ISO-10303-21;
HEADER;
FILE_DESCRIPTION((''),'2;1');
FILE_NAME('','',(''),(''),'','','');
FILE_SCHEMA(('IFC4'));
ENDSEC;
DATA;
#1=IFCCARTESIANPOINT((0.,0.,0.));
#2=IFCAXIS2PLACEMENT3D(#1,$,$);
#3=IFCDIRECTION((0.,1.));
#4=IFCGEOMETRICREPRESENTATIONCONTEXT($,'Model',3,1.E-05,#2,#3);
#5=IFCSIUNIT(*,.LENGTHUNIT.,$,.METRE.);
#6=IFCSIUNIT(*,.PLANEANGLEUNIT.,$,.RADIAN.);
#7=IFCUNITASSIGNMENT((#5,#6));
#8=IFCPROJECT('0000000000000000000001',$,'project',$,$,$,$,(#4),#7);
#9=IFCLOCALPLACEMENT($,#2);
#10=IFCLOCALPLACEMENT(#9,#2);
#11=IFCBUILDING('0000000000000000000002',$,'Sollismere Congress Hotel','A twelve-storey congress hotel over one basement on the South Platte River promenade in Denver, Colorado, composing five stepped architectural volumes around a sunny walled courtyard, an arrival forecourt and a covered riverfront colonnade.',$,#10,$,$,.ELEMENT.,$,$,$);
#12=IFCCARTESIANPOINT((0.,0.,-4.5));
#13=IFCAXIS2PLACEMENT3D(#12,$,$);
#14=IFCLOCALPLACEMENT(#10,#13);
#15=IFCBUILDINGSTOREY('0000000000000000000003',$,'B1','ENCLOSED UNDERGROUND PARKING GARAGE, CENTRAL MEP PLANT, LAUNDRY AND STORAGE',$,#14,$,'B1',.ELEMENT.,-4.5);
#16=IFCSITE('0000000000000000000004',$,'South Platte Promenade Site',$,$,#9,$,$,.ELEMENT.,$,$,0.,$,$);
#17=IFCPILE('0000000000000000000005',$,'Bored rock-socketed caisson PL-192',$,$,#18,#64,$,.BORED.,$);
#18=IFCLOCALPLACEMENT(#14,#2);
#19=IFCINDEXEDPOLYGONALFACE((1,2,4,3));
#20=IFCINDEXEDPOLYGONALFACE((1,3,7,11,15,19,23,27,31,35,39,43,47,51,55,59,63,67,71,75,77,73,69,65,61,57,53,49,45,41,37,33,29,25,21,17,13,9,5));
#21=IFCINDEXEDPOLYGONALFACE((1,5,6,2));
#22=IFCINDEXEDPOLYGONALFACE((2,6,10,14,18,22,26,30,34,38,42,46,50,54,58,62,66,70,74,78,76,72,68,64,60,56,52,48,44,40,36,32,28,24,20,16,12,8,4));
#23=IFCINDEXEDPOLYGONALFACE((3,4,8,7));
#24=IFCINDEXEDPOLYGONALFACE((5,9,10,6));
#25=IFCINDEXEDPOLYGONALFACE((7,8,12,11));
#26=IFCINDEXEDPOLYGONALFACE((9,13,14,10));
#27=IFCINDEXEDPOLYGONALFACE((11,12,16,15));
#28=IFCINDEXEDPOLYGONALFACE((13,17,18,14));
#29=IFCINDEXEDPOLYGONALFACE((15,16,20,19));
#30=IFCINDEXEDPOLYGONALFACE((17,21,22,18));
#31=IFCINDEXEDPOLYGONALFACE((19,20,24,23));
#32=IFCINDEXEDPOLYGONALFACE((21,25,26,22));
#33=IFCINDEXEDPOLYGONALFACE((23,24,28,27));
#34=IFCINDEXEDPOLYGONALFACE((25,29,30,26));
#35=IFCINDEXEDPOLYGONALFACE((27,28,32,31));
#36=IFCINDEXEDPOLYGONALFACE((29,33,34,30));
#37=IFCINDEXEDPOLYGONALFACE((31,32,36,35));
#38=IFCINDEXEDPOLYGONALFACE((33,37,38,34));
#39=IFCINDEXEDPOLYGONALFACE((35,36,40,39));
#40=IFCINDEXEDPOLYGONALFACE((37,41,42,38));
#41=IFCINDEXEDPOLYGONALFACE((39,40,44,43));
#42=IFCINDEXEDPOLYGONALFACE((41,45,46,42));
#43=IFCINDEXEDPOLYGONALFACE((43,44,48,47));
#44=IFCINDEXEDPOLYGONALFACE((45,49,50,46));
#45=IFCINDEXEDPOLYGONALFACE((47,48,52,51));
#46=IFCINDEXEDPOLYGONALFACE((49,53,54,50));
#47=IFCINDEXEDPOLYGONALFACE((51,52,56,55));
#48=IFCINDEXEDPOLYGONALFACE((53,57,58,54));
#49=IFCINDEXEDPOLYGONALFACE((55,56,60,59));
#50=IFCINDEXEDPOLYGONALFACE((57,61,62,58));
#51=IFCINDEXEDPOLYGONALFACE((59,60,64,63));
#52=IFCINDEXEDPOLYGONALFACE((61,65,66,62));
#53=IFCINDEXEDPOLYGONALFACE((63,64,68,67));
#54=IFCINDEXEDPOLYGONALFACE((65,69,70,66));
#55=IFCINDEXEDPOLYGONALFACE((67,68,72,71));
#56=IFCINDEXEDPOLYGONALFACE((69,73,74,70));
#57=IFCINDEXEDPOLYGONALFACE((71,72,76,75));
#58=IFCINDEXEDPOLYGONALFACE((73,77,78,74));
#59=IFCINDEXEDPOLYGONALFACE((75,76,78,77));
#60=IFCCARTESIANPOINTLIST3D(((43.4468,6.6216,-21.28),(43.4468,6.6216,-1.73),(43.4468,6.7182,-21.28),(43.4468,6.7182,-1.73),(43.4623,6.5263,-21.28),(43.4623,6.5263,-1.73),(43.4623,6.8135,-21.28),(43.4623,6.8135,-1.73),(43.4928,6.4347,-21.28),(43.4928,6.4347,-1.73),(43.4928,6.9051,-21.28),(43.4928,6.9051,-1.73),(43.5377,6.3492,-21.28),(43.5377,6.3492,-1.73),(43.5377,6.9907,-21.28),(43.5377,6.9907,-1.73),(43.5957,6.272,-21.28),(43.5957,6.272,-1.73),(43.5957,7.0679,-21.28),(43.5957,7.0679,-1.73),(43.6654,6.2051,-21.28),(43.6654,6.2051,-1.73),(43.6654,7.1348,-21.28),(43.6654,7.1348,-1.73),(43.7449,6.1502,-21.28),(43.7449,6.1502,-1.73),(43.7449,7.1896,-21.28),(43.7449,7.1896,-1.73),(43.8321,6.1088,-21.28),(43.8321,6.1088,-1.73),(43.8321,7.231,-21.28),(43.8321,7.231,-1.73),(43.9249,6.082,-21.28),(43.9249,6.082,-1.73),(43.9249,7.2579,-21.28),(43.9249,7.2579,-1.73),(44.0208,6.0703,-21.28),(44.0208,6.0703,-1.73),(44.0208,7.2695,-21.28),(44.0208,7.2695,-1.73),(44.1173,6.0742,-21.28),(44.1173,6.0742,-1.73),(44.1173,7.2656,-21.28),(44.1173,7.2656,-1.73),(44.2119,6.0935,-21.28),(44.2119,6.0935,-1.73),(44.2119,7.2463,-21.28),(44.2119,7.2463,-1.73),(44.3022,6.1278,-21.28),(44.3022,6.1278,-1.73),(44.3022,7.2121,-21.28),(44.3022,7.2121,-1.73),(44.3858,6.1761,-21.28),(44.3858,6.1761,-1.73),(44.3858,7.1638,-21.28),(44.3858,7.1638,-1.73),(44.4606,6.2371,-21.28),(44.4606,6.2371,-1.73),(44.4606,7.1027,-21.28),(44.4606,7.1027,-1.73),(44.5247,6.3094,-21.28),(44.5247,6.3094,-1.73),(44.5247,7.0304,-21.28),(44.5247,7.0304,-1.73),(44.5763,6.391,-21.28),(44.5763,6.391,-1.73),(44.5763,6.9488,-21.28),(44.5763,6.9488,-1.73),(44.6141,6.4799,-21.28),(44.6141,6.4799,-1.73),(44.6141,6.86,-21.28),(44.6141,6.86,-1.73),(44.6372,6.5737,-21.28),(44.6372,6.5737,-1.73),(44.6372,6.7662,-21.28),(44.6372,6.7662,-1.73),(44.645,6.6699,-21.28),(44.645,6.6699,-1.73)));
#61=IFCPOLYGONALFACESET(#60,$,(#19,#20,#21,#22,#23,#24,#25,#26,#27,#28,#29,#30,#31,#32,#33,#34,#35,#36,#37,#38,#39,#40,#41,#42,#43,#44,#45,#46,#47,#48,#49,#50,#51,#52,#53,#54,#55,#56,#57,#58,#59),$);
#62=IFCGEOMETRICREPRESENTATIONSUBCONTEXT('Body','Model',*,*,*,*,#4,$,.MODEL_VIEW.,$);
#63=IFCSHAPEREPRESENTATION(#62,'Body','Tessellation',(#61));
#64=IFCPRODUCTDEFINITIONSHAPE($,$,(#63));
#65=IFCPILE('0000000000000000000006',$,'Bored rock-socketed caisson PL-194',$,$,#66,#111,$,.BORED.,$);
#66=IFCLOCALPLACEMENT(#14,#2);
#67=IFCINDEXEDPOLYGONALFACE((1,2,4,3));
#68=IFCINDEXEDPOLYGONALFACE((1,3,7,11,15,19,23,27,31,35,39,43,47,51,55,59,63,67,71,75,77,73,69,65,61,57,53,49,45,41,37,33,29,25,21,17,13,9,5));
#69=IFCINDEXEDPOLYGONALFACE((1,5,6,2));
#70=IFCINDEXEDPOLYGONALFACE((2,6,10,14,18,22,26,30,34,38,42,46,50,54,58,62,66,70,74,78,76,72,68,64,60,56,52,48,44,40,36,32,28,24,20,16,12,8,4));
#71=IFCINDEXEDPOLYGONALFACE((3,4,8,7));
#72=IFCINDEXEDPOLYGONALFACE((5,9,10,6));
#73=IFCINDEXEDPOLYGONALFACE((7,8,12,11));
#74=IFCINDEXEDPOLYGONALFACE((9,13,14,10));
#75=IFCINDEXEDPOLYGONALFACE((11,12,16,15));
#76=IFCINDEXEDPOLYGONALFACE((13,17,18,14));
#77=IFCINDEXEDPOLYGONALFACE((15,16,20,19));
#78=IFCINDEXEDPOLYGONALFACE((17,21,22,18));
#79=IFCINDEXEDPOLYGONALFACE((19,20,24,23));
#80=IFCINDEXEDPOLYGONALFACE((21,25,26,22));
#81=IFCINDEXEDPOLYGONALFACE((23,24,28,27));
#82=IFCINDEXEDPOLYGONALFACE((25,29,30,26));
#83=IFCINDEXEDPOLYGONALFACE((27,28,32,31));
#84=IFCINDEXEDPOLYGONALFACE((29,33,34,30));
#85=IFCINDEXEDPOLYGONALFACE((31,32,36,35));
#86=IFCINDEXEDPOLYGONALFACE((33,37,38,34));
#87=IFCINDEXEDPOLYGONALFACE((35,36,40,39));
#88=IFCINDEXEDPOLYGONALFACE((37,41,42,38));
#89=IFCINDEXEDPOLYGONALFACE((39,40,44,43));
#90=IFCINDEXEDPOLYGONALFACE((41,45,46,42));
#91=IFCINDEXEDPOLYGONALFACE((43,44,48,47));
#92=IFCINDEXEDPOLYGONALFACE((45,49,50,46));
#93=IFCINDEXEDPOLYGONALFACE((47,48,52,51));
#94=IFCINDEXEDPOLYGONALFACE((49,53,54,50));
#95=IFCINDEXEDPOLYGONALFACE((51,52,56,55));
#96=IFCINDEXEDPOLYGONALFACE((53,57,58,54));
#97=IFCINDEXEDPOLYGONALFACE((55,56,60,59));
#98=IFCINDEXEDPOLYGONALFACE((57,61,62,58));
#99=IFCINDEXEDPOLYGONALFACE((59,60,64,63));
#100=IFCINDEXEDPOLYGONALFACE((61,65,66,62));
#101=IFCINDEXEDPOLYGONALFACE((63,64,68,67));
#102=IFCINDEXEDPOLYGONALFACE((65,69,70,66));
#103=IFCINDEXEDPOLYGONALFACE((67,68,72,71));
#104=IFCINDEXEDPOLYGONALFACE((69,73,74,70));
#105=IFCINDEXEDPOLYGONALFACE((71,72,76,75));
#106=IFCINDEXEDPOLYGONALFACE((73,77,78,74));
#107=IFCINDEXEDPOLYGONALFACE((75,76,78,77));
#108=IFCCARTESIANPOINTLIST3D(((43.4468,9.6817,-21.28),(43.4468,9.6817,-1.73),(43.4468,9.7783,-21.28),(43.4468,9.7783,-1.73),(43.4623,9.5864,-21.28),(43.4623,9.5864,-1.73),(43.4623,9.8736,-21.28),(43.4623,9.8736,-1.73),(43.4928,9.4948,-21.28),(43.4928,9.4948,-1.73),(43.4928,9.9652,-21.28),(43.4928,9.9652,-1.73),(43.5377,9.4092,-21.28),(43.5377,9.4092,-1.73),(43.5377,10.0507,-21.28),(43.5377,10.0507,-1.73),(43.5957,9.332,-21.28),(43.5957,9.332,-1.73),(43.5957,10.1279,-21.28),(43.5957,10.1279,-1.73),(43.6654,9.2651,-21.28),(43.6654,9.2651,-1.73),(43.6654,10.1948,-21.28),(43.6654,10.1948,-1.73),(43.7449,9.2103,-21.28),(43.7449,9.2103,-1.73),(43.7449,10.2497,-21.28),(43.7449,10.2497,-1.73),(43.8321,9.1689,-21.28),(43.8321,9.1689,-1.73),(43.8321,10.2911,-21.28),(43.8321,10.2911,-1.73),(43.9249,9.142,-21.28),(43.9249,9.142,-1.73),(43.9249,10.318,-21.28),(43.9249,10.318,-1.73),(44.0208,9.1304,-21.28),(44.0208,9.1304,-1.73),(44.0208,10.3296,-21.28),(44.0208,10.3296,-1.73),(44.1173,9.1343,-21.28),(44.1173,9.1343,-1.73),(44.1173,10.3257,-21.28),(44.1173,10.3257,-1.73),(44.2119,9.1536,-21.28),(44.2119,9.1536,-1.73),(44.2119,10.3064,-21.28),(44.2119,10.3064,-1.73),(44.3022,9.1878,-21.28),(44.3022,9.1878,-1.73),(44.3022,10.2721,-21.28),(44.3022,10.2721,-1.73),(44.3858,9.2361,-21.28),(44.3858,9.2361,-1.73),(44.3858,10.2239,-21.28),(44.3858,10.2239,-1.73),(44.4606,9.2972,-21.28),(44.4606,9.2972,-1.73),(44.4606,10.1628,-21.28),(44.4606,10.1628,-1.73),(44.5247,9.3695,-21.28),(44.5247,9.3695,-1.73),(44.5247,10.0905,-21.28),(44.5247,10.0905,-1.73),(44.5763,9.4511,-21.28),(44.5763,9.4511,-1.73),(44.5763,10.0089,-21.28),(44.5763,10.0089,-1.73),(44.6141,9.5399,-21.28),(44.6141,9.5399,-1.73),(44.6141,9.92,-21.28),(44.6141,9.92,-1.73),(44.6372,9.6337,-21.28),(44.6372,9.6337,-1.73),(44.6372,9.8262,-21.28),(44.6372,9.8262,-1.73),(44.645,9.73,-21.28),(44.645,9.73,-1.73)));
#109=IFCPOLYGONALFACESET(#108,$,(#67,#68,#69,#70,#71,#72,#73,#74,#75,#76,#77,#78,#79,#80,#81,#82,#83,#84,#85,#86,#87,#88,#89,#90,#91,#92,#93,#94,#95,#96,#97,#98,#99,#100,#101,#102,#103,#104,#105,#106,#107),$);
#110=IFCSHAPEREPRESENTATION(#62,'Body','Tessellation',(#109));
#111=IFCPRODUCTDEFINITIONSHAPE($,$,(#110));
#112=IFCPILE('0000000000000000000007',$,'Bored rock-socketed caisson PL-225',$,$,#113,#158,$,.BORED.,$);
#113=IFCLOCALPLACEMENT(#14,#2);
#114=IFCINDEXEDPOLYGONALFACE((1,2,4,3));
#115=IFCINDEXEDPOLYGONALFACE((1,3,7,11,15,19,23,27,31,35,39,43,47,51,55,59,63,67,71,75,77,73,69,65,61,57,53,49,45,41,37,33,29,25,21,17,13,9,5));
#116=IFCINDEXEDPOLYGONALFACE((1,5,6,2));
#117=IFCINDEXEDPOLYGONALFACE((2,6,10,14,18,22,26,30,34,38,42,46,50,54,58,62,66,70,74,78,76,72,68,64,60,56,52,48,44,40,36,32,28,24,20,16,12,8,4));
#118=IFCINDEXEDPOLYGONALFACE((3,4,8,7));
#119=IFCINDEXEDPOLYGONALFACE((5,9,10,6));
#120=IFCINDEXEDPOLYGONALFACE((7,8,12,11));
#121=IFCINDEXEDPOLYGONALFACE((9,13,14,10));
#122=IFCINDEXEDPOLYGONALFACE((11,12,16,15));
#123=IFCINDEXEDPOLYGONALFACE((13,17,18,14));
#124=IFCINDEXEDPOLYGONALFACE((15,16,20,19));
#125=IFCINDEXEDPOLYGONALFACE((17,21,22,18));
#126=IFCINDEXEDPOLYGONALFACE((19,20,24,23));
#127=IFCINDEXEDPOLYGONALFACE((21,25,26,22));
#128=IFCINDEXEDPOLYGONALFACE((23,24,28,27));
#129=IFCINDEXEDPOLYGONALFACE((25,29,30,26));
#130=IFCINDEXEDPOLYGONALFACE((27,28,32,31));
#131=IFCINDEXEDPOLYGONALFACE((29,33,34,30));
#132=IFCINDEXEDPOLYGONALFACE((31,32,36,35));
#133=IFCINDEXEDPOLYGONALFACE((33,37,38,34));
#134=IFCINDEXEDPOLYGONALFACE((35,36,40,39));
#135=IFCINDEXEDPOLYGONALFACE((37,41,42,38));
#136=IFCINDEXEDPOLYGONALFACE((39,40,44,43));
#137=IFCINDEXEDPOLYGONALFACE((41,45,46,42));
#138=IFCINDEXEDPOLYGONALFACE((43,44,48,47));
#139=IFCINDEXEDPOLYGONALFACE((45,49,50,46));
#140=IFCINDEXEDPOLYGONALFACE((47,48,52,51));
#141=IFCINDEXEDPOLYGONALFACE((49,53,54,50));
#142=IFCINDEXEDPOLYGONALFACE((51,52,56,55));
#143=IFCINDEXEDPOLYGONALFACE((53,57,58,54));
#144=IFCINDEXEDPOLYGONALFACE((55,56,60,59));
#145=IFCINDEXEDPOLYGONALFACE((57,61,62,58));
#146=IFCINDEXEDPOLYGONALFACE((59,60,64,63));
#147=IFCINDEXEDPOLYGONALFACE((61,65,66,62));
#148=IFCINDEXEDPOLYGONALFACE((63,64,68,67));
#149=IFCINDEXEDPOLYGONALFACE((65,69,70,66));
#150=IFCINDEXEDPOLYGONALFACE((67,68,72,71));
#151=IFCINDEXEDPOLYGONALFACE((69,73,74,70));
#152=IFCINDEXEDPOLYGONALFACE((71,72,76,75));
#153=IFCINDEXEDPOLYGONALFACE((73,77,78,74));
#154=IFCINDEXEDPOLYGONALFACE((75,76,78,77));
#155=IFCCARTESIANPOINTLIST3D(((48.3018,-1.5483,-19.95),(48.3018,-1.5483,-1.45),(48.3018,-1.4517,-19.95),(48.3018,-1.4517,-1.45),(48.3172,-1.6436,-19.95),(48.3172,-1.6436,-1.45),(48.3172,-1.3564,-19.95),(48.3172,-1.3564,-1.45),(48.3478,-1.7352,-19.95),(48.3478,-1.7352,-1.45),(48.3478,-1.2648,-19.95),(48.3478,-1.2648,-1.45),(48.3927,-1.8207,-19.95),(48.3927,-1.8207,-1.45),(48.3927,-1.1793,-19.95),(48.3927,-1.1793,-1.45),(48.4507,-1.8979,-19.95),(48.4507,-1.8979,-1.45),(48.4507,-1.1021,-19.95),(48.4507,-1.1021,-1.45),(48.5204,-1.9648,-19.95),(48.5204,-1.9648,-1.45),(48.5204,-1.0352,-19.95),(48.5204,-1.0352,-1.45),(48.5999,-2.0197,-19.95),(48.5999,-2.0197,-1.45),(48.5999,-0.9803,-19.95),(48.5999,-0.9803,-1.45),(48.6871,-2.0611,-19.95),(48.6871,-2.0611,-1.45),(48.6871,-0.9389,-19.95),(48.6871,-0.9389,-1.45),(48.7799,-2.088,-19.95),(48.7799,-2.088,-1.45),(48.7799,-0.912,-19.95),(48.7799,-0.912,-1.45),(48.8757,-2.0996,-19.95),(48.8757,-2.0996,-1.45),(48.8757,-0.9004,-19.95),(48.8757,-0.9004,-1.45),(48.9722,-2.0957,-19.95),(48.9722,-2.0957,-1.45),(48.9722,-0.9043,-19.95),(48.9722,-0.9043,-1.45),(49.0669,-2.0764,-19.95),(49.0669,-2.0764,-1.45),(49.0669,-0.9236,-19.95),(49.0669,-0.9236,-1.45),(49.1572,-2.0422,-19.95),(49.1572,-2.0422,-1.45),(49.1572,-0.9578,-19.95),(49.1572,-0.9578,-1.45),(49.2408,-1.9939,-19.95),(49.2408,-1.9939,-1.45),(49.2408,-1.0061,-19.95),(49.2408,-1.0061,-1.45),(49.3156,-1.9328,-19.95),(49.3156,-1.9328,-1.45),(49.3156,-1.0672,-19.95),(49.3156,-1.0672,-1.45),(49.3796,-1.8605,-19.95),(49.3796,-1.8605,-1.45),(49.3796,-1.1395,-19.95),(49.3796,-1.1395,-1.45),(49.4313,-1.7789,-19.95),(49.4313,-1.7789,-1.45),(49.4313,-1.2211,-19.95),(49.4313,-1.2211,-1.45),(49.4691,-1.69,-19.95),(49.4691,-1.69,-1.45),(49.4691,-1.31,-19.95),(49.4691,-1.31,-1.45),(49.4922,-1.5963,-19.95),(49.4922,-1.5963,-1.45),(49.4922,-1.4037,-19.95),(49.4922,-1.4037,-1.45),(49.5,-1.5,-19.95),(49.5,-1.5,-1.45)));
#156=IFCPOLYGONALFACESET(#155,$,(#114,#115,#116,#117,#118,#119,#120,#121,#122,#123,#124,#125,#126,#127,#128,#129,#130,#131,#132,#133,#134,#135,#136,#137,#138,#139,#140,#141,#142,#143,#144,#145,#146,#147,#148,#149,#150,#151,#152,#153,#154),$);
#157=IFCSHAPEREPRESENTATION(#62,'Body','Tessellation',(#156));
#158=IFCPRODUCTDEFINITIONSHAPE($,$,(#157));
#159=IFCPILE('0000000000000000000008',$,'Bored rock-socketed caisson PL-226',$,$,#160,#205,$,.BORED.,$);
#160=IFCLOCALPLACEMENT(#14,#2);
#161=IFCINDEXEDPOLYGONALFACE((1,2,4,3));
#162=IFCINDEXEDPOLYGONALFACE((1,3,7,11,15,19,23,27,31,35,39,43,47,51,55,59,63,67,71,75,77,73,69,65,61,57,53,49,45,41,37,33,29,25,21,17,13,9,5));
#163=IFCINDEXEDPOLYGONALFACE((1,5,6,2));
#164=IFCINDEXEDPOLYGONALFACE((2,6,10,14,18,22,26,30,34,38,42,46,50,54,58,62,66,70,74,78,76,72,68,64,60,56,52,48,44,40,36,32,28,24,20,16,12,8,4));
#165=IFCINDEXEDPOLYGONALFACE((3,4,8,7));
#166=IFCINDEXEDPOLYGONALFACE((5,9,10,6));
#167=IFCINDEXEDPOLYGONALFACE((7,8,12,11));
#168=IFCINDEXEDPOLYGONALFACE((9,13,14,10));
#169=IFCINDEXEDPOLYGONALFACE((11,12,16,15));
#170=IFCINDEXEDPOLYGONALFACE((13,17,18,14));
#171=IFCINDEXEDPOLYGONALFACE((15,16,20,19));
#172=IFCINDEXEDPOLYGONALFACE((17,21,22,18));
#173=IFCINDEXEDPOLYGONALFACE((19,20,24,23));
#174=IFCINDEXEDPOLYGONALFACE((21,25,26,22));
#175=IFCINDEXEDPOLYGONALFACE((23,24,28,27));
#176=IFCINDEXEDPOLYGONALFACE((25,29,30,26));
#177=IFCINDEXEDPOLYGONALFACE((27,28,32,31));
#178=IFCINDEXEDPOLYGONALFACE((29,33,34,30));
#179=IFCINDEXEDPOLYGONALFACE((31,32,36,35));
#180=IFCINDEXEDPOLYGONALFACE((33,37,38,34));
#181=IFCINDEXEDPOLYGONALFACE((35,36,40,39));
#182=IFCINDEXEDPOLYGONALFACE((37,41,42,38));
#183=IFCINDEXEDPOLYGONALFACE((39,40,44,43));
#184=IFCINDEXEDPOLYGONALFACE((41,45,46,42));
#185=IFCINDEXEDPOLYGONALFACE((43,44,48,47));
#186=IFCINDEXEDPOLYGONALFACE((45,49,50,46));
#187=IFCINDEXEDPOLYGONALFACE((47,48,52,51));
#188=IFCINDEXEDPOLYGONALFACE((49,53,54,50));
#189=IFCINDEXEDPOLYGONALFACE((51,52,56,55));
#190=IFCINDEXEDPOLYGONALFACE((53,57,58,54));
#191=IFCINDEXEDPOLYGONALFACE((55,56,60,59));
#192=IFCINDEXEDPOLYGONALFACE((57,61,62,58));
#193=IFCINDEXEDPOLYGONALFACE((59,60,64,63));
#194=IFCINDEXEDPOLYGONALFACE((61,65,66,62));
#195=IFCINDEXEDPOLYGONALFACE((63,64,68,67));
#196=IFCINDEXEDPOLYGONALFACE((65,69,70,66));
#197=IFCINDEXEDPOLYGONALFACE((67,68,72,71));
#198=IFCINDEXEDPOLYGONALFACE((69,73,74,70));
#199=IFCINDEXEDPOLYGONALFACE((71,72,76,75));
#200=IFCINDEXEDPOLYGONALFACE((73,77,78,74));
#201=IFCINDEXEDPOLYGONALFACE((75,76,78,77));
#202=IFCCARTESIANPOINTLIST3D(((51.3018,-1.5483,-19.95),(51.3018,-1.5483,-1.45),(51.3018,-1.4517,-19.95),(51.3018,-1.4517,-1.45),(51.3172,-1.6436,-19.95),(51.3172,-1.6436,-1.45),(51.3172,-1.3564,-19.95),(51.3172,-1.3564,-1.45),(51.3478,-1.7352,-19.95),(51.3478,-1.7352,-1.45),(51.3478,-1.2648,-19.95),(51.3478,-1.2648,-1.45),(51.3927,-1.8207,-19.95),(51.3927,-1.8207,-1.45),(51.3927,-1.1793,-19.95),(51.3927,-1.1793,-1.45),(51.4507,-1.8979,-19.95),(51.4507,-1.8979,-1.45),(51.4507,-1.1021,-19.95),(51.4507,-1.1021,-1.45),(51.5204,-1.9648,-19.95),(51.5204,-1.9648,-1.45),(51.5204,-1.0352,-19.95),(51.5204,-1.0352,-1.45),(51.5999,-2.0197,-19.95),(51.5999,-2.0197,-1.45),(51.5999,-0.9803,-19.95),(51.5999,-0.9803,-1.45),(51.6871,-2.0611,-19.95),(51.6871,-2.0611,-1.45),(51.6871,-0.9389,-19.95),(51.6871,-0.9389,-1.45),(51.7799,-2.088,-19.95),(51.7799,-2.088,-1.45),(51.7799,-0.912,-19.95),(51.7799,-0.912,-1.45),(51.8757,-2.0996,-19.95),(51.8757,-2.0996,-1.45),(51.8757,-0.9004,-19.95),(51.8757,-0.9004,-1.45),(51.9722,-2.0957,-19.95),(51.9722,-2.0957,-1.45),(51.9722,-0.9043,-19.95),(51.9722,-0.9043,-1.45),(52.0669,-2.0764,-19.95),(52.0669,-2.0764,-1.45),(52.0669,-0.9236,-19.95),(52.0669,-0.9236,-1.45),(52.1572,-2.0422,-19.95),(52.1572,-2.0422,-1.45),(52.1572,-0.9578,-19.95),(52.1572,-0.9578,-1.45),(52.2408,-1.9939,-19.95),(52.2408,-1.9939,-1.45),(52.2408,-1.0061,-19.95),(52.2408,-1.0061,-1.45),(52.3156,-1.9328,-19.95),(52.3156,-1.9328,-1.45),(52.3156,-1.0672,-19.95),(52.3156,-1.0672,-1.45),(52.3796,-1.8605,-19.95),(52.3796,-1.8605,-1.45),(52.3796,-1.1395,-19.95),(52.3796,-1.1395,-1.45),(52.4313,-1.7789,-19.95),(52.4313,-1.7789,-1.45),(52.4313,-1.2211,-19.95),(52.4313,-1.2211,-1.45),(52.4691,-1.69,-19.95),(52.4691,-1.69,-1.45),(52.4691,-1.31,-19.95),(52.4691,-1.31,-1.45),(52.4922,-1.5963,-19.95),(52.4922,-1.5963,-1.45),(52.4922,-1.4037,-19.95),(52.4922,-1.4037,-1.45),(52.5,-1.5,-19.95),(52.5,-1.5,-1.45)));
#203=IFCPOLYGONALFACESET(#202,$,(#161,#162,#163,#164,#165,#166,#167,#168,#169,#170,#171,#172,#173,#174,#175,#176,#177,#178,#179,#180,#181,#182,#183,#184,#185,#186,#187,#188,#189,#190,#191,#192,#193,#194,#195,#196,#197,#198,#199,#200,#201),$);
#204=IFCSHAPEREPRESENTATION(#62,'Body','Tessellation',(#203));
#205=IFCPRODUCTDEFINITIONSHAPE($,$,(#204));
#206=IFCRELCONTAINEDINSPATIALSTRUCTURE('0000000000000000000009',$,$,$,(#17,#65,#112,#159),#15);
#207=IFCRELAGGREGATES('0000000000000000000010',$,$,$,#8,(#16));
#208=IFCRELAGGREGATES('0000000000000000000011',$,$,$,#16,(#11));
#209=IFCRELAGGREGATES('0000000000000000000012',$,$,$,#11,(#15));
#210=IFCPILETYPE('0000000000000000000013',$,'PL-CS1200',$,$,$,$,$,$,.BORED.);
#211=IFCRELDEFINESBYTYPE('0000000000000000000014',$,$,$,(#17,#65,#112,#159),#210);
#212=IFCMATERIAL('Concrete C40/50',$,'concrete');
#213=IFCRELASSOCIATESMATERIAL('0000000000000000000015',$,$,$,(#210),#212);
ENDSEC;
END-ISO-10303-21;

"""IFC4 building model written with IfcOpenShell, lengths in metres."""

from ifc_helpers import new_model, si_unit, direction, frame, origin, origin_2d, place, context, subcontext, project, spatial, circle, extrude, material, material_profile, profile_set, type_object, element, save


model = new_model("IFC4")

# Units and contexts
model_context = context("Model", 3, precision=1e-05, world=origin(), true_north=direction((0.0, 1.0)))
body_context = subcontext(model_context, "Body", "Model", "MODEL_VIEW")
ifc_project = project(units=[si_unit("LENGTHUNIT", "METRE"), si_unit("PLANEANGLEUNIT", "RADIAN")], contexts=[model_context])

# Site, building, storey
site_placement = place(None, origin())
site = spatial("IfcSite", under=ifc_project, at=site_placement, Name="South Platte Promenade Site", CompositionType="ELEMENT", RefElevation=0.0)
building_placement = place(site_placement, origin())
building = spatial("IfcBuilding", under=site, at=building_placement, Name="Sollismere Congress Hotel", Description="A twelve-storey congress hotel over one basement on the South Platte River promenade in Denver, Colorado, composing five stepped architectural volumes around a sunny walled courtyard, an arrival forecourt and a covered riverfront colonnade.", CompositionType="ELEMENT")
storey_placement = place(building_placement, frame((0.0, 0.0, -4.5)))
storey = spatial("IfcBuildingStorey", under=building, at=storey_placement, Name="B1", Description="ENCLOSED UNDERGROUND PARKING GARAGE, CENTRAL MEP PLANT, LAUNDRY AND STORAGE", LongName="B1", CompositionType="ELEMENT", Elevation=-4.5)

# Shared definitions
ifc_material_1 = material(Name="Concrete C40/50", Category="concrete")

# Piles
ifc_material_profile_1 = material_profile(ifc_material_1, circle(Radius=0.6001, at=origin_2d()), Name="CAISSON1200")
ifc_profile_set_1 = profile_set([ifc_material_profile_1], Name="Concrete C40/50")
pile_type = type_object("IfcPileType", Name="PL-CS1200", PredefinedType="BORED", material=ifc_profile_set_1)
for number, where, z_axis, x_axis, name in (
    (1, (44.0449, 6.6699, -1.73), (0.0, 0.0, -1.0), (1.0, 0.0, 0.0), "Bored rock-socketed caisson PL-192"),
    (2, (44.0449, 9.73, -1.73), (0.0, 0.0, -1.0), (1.0, 0.0, 0.0), "Bored rock-socketed caisson PL-194"),
):
    element("IfcPile", number, at=place(storey_placement, frame(where, z_axis=z_axis, x_axis=x_axis)), inside=storey, type_object=pile_type, Name=name, PredefinedType="BORED", context=body_context, shape_type="SweptSolid", body=[
        extrude(circle(Radius=0.6001, at=origin_2d()), origin(), (0.0, 0.0, 1.0), 19.55),
    ])
for number, where, z_axis, x_axis, name in (
    (3, (48.8999, -1.5, -1.45), (0.0, 0.0, -1.0), (1.0, 0.0, 0.0), "Bored rock-socketed caisson PL-225"),
    (4, (51.8999, -1.5, -1.45), (0.0, 0.0, -1.0), (1.0, 0.0, 0.0), "Bored rock-socketed caisson PL-226"),
):
    element("IfcPile", number, at=place(storey_placement, frame(where, z_axis=z_axis, x_axis=x_axis)), inside=storey, type_object=pile_type, Name=name, PredefinedType="BORED", context=body_context, shape_type="SweptSolid", body=[
        extrude(circle(Radius=0.6001, at=origin_2d()), origin(), (0.0, 0.0, 1.0), 18.5),
    ])

save(model, "model.ifc")
